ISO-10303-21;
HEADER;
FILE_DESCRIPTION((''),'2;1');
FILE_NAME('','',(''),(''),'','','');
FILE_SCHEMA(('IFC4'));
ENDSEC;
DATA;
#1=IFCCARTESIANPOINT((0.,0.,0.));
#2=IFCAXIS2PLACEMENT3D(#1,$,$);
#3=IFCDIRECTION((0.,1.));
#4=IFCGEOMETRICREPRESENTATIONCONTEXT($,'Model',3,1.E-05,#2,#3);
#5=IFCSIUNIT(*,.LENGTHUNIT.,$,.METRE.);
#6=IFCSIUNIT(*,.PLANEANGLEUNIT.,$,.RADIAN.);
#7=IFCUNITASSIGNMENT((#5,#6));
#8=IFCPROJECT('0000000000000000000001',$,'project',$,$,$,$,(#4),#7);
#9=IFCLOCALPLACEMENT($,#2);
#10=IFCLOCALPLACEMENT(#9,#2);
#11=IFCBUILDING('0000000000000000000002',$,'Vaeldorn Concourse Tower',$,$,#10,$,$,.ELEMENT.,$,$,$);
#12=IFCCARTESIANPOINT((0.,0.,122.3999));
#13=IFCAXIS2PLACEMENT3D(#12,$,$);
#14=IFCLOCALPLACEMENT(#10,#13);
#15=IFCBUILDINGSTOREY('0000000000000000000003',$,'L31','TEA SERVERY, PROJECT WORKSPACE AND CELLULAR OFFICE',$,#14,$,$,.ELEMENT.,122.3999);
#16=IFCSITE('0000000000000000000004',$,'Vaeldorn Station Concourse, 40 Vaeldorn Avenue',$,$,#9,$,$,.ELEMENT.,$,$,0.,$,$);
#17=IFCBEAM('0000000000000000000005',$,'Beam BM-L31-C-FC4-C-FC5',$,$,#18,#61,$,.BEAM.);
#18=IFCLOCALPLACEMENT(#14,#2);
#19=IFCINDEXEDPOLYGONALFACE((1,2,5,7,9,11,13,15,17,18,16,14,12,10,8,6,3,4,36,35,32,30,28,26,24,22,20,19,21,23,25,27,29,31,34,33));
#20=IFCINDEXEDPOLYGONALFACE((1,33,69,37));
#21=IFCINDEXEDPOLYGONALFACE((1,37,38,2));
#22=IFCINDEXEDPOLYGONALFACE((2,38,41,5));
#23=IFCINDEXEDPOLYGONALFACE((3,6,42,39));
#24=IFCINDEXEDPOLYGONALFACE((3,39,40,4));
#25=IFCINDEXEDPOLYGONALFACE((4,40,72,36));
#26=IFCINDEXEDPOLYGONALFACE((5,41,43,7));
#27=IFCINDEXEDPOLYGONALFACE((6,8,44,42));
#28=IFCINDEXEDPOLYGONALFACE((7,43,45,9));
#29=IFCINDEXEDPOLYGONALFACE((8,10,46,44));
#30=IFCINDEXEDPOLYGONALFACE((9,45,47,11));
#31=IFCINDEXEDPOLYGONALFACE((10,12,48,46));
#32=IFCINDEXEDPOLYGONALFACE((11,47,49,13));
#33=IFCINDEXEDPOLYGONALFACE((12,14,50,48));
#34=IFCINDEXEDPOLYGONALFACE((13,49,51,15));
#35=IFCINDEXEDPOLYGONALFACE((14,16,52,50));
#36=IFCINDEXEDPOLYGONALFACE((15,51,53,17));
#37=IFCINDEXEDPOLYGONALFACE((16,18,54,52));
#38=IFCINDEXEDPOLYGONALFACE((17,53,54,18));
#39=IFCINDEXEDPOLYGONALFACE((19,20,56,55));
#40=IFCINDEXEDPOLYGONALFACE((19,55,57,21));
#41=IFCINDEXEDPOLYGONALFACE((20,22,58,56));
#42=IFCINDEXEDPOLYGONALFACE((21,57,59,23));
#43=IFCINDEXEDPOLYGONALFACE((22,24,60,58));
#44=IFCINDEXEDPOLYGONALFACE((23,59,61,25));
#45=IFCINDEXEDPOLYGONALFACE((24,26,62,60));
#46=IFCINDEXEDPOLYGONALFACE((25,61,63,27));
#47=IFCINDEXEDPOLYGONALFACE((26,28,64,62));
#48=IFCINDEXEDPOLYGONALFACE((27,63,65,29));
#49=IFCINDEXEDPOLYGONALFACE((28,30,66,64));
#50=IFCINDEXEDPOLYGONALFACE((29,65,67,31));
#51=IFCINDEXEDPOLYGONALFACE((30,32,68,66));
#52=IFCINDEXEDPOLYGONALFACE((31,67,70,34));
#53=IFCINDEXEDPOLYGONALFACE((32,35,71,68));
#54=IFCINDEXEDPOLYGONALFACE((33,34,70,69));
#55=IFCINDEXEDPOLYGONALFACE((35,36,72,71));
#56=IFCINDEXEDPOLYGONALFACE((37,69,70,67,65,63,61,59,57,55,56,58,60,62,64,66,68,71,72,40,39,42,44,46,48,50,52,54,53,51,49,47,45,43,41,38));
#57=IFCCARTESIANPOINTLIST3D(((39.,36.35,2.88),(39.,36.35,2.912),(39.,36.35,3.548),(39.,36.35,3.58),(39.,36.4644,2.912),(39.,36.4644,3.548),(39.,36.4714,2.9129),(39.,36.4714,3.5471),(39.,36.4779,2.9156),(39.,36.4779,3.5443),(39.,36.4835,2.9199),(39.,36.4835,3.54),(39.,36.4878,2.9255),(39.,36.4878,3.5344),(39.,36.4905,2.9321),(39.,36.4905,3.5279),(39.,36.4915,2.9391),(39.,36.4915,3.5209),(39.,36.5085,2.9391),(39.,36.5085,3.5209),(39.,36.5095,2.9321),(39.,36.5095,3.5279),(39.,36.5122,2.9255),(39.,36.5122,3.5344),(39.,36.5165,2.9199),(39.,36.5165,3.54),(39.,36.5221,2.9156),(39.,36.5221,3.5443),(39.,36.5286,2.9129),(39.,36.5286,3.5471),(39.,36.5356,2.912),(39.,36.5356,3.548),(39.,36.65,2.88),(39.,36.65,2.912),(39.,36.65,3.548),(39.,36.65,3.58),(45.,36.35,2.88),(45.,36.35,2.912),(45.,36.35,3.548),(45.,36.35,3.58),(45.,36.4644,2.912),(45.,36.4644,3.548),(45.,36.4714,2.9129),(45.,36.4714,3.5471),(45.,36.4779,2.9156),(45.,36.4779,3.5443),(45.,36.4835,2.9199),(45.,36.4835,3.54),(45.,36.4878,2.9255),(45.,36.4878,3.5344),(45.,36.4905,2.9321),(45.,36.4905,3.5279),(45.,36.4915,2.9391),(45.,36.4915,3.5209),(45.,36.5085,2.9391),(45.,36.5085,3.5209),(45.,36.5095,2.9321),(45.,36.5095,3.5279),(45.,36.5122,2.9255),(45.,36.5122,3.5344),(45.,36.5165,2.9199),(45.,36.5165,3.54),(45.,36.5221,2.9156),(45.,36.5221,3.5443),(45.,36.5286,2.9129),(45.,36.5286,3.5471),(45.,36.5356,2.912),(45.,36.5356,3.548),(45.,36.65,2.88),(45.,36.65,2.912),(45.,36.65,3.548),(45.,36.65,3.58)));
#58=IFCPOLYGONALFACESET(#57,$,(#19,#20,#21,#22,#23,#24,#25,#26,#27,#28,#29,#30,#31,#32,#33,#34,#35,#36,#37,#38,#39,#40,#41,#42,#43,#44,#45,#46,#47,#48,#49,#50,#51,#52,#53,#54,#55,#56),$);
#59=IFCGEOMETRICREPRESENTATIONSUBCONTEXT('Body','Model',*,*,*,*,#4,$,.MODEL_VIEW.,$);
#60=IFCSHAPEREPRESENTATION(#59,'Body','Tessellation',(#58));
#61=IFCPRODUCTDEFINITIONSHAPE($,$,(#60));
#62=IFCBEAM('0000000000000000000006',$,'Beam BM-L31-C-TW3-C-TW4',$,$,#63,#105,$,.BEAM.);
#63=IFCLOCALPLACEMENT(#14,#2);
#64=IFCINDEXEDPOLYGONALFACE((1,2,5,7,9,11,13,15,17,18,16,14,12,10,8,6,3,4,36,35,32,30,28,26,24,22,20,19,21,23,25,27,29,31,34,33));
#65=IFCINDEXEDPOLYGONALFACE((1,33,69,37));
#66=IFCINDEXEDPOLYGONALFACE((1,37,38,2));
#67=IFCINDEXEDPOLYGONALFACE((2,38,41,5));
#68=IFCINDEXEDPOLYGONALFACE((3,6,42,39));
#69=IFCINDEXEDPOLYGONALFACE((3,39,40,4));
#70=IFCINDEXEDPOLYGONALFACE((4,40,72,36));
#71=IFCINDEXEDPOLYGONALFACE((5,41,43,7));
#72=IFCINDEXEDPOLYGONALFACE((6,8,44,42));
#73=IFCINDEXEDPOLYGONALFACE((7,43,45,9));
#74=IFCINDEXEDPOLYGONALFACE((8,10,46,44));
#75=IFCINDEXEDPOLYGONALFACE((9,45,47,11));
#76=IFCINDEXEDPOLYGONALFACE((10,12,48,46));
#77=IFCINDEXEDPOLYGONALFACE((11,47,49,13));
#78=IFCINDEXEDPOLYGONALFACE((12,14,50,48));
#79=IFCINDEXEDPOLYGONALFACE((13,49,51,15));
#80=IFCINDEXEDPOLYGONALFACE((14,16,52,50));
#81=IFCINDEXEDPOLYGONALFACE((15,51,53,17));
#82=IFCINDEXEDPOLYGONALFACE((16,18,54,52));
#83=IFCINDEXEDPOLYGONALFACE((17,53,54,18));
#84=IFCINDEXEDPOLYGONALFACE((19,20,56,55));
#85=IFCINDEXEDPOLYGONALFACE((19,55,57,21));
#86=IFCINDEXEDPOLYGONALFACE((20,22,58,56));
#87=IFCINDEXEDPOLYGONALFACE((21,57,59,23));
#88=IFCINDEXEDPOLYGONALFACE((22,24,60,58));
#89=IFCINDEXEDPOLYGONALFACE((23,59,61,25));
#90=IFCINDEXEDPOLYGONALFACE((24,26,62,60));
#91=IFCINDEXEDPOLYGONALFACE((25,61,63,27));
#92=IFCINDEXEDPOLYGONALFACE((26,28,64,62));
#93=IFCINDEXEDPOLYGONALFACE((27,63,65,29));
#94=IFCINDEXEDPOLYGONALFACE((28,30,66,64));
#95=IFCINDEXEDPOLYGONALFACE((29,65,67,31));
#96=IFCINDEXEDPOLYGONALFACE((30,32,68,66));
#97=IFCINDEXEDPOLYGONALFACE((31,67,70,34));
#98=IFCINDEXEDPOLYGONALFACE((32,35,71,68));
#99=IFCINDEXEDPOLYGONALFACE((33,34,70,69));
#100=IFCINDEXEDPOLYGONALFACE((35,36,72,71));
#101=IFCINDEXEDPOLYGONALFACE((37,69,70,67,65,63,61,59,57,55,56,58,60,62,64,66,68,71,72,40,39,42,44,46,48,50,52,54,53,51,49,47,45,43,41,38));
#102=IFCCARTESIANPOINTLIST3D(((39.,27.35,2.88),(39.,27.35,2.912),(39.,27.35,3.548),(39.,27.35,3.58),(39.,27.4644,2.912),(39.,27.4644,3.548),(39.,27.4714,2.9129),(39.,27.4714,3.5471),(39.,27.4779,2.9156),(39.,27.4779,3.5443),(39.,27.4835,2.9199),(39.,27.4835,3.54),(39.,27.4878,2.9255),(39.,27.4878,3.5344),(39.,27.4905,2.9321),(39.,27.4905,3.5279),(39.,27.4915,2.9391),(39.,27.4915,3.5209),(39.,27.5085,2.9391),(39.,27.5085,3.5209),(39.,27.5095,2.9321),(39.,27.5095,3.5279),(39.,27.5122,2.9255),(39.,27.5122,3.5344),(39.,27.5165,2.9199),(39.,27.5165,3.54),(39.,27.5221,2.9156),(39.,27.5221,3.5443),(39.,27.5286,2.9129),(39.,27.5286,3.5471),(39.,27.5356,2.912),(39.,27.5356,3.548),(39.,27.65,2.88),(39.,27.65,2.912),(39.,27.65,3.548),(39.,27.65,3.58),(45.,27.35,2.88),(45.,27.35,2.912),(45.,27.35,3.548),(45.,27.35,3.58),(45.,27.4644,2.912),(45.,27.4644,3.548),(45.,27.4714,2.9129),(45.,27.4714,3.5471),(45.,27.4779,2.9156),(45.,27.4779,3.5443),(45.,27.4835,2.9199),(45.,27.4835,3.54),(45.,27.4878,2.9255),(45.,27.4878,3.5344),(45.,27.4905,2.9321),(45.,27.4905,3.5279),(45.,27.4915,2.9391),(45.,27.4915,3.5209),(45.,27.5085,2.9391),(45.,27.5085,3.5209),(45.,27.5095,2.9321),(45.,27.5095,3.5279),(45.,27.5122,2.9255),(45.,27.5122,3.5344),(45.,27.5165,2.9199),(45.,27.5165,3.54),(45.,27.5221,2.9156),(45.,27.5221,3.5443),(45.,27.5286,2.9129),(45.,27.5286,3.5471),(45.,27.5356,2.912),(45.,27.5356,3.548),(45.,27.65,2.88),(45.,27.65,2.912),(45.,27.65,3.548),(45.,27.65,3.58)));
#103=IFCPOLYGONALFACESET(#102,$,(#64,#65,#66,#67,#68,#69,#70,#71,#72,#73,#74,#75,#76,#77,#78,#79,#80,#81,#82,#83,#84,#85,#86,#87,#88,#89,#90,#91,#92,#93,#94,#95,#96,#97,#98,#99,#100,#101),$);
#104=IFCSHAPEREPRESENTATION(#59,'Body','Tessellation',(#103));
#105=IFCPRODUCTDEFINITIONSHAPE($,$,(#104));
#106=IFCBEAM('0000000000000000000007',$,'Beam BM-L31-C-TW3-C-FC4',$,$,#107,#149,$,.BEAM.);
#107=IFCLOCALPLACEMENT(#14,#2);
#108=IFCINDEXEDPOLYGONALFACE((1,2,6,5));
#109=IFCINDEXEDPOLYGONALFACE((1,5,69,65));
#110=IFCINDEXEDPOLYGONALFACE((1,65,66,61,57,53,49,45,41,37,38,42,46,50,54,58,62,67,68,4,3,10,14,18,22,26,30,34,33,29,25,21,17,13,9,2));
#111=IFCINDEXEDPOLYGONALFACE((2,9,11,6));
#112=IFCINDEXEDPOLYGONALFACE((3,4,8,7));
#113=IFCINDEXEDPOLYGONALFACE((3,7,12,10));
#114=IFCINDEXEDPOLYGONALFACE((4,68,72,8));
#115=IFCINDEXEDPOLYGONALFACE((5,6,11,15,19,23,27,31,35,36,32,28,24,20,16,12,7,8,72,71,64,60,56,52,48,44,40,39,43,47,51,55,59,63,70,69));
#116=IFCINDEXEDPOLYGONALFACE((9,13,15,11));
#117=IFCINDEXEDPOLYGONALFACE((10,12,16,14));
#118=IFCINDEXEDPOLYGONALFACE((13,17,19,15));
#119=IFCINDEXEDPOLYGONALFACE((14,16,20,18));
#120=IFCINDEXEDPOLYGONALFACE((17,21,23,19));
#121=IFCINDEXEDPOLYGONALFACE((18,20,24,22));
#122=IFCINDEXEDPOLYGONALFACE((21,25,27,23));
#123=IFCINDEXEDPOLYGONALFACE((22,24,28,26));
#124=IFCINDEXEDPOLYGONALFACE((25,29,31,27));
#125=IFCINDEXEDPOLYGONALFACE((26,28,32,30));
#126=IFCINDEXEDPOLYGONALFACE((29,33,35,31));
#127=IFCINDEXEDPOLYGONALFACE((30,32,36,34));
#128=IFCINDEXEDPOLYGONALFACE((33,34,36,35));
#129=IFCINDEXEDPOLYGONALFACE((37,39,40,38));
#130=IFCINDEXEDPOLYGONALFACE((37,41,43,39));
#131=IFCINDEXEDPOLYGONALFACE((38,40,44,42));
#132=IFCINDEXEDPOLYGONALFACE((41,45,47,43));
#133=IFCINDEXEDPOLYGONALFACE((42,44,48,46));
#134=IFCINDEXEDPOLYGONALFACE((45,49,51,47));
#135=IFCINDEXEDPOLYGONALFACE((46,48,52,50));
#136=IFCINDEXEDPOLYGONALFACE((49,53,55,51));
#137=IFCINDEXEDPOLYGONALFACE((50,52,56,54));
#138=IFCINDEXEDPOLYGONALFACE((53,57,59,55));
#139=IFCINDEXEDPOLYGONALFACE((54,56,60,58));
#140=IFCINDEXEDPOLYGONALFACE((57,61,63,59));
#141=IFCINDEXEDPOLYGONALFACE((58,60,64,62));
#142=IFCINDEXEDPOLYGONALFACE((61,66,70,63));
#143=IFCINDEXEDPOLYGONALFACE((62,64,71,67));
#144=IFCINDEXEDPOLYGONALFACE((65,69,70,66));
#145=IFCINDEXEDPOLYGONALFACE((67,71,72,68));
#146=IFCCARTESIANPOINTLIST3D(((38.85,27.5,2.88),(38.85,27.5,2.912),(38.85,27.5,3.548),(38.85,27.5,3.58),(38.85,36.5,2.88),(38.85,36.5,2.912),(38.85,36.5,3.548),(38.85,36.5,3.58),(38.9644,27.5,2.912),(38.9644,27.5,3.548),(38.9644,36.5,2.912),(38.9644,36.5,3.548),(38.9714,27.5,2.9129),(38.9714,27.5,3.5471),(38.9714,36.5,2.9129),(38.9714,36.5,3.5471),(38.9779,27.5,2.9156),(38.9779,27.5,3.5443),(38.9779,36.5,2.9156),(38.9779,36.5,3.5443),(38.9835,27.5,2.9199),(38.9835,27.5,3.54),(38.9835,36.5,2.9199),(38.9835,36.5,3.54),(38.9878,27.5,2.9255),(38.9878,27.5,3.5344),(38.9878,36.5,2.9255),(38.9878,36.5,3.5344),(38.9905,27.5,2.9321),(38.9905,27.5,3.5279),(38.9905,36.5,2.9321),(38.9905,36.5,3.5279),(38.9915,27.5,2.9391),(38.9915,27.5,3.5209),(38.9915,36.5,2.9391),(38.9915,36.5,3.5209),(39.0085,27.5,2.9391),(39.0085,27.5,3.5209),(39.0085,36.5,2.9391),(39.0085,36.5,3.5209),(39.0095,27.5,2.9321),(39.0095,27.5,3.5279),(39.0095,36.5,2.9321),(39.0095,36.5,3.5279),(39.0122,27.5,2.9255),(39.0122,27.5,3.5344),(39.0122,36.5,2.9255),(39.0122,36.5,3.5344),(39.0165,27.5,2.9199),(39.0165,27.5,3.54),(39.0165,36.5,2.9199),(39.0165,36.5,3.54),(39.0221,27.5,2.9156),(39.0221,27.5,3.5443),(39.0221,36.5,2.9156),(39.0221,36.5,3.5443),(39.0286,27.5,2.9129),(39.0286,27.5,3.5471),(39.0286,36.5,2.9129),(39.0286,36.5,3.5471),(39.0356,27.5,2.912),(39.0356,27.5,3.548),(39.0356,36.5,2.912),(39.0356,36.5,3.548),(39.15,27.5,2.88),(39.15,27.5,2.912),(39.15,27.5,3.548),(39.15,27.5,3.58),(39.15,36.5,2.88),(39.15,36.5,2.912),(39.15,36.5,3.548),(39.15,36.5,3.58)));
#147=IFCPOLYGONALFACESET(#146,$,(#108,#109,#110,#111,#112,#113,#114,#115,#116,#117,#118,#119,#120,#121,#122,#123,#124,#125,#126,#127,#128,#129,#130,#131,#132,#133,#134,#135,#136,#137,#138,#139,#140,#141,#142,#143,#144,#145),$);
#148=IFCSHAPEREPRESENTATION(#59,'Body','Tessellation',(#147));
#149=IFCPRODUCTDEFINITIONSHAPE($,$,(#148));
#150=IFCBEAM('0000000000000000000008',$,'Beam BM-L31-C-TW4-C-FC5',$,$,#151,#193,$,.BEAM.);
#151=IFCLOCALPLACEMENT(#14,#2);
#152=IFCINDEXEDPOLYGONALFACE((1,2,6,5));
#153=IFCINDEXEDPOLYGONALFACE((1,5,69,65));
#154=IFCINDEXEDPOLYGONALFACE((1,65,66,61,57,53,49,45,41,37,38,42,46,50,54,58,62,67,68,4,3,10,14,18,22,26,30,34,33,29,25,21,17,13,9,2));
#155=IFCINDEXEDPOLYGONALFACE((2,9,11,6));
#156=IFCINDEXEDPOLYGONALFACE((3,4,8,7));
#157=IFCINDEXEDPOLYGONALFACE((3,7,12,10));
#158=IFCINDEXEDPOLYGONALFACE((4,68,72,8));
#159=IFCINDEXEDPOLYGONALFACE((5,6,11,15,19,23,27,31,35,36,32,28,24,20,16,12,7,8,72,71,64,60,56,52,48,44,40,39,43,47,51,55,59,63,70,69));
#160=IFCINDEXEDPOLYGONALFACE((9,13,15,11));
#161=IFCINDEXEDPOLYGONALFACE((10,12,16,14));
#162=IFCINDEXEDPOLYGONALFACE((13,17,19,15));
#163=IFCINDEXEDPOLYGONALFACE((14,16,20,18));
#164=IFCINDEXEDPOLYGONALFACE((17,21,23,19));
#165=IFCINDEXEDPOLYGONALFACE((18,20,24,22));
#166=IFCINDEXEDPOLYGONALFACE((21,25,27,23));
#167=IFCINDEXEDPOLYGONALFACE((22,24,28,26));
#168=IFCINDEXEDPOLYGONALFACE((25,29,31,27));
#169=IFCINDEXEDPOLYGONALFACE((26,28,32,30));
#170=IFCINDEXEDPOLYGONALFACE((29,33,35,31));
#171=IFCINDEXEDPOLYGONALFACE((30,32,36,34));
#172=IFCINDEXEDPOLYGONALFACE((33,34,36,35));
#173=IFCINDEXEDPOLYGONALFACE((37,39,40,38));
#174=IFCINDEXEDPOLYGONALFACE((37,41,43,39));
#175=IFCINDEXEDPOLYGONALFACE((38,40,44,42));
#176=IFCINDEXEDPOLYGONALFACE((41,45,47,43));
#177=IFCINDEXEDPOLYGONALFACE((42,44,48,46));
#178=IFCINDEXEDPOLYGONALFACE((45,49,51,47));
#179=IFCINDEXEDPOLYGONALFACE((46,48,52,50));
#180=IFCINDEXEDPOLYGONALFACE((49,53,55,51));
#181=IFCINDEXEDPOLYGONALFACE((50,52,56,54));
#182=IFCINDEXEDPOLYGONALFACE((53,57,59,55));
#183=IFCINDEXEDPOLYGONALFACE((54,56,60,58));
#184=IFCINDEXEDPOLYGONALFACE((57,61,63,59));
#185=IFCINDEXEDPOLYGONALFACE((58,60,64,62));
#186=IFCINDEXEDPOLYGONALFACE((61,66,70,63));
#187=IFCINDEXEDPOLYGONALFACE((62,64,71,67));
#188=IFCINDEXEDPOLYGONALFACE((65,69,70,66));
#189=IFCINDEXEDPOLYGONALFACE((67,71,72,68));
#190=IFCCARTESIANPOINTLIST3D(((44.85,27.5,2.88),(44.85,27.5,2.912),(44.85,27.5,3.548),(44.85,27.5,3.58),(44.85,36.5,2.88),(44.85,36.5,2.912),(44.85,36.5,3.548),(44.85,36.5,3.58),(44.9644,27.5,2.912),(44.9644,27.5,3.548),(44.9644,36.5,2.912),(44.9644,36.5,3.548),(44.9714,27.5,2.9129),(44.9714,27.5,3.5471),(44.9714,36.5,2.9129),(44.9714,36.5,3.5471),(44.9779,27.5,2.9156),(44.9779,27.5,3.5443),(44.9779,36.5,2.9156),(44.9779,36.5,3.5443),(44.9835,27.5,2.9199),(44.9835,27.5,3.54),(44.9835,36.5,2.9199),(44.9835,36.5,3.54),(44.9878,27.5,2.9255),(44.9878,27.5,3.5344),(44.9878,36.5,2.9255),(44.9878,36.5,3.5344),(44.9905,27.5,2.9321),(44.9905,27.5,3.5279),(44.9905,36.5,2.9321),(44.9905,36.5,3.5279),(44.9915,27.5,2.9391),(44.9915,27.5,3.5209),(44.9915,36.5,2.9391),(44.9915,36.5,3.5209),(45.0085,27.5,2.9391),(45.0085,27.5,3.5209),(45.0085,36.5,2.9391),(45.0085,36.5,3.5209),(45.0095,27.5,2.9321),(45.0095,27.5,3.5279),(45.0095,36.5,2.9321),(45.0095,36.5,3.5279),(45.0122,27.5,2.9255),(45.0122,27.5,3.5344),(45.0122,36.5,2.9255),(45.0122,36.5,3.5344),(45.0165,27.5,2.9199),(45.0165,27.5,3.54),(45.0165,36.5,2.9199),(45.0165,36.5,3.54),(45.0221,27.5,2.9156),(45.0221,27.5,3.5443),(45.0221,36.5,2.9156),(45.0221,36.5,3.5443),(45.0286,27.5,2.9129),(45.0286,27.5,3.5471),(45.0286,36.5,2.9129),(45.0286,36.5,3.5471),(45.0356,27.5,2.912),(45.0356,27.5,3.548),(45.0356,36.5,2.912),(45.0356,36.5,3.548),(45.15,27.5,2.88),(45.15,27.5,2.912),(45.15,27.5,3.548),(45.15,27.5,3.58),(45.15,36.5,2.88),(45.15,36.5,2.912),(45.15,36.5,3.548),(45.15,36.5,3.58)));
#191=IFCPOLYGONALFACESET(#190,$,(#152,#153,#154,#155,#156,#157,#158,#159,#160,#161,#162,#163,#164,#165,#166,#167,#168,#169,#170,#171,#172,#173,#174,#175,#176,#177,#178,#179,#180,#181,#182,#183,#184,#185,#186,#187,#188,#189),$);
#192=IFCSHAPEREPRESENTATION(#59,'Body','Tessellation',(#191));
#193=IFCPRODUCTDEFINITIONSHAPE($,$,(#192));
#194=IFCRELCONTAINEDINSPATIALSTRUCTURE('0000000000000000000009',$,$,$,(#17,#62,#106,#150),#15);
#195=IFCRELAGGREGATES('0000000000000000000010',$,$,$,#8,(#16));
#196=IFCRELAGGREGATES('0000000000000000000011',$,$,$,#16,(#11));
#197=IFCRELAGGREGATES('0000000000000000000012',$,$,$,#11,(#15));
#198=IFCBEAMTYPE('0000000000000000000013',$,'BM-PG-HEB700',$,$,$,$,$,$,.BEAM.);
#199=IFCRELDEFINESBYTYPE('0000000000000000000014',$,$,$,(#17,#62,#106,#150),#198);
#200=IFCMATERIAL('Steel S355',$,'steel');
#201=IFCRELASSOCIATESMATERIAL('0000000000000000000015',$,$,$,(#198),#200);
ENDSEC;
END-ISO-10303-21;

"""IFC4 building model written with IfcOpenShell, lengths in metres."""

from ifc_helpers import new_model, si_unit, direction, frame, origin, origin_2d, place, context, subcontext, project, spatial, i_section, extrude, source, transform, mapped, material, material_profile, profile_set, type_object, element, save


model = new_model("IFC4")

# Units and contexts
model_context = context("Model", 3, precision=1e-05, world=origin(), true_north=direction((0.0, 1.0)))
body_context = subcontext(model_context, "Body", "Model", "MODEL_VIEW")
ifc_project = project(units=[si_unit("LENGTHUNIT", "METRE"), si_unit("PLANEANGLEUNIT", "RADIAN")], contexts=[model_context])

# Site, building, storey
site_placement = place(None, origin())
site = spatial("IfcSite", under=ifc_project, at=site_placement, Name="Vaeldorn Station Concourse, 40 Vaeldorn Avenue", CompositionType="ELEMENT", RefElevation=0.0)
building_placement = place(site_placement, origin())
building = spatial("IfcBuilding", under=site, at=building_placement, Name="Vaeldorn Concourse Tower", CompositionType="ELEMENT")
storey_placement = place(building_placement, frame((0.0, 0.0, 122.3999)))
storey = spatial("IfcBuildingStorey", under=building, at=storey_placement, Name="L31", Description="TEA SERVERY, PROJECT WORKSPACE AND CELLULAR OFFICE", CompositionType="ELEMENT", Elevation=122.3999)

# Beams
ifc_material_1 = material(Name="Steel S355", Category="steel")
ifc_material_profile_1 = material_profile(ifc_material_1, i_section(OverallWidth=0.3, OverallDepth=0.7, WebThickness=0.0171, FlangeThickness=0.032, FilletRadius=0.0271, at=origin_2d()), Name="HEB 700")
ifc_profile_set_1 = profile_set([ifc_material_profile_1], Name="Steel S355")
beam_type_1 = type_object("IfcBeamType", Name="BM-PG-HEB700", PredefinedType="BEAM", material=ifc_profile_set_1)
shared_shape_1 = source(origin(), body_context, "Body", "SweptSolid", [
    extrude(i_section(OverallWidth=0.3, OverallDepth=0.7, WebThickness=0.0171, FlangeThickness=0.032, FilletRadius=0.0271, at=origin_2d()), origin(), (0.0, 0.0, 1.0), 6.0),
])
for number, where, z_axis, x_axis, name in (
    (1, (39.0, 36.5, 3.23), (1.0, 0.0, 0.0), (0.0, 1.0, 0.0), "Beam BM-L31-C-FC4-C-FC5"),
    (2, (39.0, 27.5, 3.23), (1.0, 0.0, 0.0), (0.0, 1.0, 0.0), "Beam BM-L31-C-TW3-C-TW4"),
):
    element("IfcBeam", number, at=place(storey_placement, frame(where, z_axis=z_axis, x_axis=x_axis)), inside=storey, type_object=beam_type_1, Name=name, PredefinedType="BEAM", context=body_context, shape_type="MappedRepresentation", body=[
        mapped(shared_shape_1, transform((0.0, 0.0, 0.0), scale=1.0)),
    ])
shared_shape_2 = source(origin(), body_context, "Body", "SweptSolid", [
    extrude(i_section(OverallWidth=0.3, OverallDepth=0.7, WebThickness=0.0171, FlangeThickness=0.032, FilletRadius=0.0271, at=origin_2d()), origin(), (0.0, 0.0, 1.0), 9.0),
])
for number, where, z_axis, x_axis, name in (
    (3, (39.0, 27.5, 3.23), (0.0, 1.0, 0.0), (-1.0, 0.0, 0.0), "Beam BM-L31-C-TW3-C-FC4"),
    (4, (45.0, 27.5, 3.23), (0.0, 1.0, 0.0), (-1.0, 0.0, 0.0), "Beam BM-L31-C-TW4-C-FC5"),
):
    element("IfcBeam", number, at=place(storey_placement, frame(where, z_axis=z_axis, x_axis=x_axis)), inside=storey, type_object=beam_type_1, Name=name, PredefinedType="BEAM", context=body_context, shape_type="MappedRepresentation", body=[
        mapped(shared_shape_2, transform((0.0, 0.0, 0.0), scale=1.0)),
    ])

save(model, "model.ifc")
